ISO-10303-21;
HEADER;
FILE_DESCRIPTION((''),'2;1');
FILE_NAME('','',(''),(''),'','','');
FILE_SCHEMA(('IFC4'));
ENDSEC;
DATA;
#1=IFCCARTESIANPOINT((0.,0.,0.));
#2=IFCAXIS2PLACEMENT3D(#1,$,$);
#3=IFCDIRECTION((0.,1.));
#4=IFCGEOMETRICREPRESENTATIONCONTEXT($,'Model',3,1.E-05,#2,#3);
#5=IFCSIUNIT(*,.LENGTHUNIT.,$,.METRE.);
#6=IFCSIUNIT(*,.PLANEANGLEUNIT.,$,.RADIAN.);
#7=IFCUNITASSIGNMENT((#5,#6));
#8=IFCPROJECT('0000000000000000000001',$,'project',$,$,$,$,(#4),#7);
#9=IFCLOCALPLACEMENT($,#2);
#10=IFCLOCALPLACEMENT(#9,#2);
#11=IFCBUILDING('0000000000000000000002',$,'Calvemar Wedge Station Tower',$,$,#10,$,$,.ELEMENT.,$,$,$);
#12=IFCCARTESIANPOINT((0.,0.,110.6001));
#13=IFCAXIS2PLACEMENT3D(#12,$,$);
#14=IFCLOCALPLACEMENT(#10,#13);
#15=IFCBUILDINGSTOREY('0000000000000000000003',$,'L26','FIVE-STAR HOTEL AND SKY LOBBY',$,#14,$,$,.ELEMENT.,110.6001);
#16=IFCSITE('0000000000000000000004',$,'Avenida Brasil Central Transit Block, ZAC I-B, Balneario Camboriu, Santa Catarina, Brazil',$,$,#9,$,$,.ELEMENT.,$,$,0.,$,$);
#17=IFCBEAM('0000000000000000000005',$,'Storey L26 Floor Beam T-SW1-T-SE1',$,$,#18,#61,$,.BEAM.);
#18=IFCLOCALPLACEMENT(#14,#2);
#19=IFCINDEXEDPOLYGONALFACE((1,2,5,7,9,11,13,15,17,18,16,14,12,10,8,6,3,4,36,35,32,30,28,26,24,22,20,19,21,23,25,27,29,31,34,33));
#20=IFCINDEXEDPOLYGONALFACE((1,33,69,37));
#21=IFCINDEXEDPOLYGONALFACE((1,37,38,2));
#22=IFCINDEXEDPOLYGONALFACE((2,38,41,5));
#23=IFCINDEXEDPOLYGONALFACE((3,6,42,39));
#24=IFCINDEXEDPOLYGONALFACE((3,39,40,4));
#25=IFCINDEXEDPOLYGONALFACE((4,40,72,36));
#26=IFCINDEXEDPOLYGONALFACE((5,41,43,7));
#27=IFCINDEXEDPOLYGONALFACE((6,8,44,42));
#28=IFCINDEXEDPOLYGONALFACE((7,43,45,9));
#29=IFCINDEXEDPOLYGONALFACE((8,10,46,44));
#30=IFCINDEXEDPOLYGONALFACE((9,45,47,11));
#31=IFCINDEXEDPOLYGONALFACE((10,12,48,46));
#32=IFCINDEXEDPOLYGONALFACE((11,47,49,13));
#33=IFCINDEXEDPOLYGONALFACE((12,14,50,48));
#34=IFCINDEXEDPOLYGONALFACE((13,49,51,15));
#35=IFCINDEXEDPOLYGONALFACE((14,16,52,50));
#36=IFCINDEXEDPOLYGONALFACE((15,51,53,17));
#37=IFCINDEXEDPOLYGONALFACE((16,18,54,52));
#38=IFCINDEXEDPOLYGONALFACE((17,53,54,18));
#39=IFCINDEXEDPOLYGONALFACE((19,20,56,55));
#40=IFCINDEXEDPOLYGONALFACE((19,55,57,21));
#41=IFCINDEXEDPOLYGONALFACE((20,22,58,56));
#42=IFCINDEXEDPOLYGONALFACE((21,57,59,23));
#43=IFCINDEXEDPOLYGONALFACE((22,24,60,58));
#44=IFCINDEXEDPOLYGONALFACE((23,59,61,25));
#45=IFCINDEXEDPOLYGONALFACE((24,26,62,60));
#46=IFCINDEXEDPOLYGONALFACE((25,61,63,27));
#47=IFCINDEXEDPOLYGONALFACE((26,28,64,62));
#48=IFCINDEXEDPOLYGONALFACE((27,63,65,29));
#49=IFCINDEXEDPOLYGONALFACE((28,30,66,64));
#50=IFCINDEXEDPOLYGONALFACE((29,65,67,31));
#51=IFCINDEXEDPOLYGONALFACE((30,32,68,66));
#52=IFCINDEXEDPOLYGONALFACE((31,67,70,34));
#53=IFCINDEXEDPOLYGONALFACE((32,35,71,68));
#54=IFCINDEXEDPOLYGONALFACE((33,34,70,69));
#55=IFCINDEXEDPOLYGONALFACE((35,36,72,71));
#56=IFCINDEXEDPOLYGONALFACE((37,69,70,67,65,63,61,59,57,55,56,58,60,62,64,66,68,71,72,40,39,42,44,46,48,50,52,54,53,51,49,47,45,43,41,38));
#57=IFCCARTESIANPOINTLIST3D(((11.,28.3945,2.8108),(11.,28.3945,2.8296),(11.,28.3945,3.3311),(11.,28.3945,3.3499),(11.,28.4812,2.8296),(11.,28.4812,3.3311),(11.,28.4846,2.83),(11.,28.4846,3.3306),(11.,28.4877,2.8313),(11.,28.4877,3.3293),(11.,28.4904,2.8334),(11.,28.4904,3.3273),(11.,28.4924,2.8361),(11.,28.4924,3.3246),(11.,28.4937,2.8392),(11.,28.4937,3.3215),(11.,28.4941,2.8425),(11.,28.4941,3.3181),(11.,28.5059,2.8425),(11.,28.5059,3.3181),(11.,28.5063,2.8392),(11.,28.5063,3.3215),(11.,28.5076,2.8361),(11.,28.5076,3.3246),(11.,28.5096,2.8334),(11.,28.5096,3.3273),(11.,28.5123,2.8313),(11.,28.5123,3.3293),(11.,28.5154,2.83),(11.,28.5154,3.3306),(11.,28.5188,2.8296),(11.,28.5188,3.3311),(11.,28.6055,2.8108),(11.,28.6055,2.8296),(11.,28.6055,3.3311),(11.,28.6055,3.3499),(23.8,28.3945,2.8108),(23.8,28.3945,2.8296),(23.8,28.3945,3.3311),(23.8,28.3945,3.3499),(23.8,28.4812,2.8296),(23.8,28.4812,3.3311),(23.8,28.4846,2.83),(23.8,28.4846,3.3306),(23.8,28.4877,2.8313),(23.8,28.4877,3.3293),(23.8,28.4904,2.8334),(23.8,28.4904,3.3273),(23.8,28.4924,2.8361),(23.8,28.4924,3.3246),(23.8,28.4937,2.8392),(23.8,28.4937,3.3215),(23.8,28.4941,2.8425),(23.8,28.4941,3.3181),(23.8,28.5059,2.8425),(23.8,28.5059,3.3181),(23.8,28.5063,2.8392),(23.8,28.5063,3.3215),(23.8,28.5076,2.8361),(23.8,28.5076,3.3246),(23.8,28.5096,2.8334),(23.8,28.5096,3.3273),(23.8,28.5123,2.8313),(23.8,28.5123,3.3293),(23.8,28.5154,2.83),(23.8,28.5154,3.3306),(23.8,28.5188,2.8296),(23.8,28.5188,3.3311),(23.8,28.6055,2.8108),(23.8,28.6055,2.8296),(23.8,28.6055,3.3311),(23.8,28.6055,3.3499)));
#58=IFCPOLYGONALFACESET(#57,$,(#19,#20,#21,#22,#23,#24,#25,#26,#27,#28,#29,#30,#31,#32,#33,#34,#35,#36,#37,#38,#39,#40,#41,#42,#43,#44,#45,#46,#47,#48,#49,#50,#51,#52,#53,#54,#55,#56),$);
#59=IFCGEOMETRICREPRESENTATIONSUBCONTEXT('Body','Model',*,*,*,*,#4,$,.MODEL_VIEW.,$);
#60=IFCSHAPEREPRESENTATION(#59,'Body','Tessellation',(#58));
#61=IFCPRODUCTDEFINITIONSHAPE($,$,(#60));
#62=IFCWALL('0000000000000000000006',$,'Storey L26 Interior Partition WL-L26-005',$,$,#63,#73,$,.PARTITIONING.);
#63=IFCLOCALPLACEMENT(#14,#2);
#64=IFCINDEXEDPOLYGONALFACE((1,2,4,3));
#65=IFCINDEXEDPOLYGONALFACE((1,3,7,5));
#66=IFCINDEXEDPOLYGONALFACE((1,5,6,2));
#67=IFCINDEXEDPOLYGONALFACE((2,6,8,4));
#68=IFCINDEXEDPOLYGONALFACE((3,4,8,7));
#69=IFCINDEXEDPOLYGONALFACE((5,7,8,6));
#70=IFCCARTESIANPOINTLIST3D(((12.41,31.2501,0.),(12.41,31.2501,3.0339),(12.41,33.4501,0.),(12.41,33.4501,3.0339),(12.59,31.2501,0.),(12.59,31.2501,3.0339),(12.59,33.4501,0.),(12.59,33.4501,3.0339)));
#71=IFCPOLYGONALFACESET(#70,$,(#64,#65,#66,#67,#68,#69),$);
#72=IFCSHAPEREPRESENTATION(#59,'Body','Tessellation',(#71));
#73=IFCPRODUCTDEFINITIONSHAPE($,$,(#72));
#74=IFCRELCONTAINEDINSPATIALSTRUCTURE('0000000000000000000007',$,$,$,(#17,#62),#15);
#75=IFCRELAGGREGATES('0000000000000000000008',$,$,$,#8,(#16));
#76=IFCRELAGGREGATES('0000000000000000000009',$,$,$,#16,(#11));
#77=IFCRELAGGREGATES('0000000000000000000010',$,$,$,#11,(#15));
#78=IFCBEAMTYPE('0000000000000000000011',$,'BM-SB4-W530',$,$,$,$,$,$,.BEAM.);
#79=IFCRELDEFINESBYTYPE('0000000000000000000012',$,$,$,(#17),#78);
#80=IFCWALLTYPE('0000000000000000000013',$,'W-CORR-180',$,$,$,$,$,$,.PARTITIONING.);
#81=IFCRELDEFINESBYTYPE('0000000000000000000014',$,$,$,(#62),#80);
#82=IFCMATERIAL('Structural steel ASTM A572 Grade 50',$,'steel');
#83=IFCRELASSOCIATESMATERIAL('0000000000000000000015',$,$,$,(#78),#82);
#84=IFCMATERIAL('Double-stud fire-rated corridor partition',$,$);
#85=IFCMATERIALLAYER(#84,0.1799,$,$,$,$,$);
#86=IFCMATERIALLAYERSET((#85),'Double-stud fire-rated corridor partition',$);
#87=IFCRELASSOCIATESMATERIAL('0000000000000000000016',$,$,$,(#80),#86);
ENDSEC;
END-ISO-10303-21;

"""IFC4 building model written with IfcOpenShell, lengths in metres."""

from ifc_helpers import new_model, si_unit, direction, frame, frame_2d, origin, origin_2d, place, context, subcontext, project, spatial, rectangle, i_section, extrude, source, transform, mapped, material, layer, layer_set, material_profile, profile_set, type_object, element, save


model = new_model("IFC4")

# Units and contexts
model_context = context("Model", 3, precision=1e-05, world=origin(), true_north=direction((0.0, 1.0)))
body_context = subcontext(model_context, "Body", "Model", "MODEL_VIEW")
ifc_project = project(units=[si_unit("LENGTHUNIT", "METRE"), si_unit("PLANEANGLEUNIT", "RADIAN")], contexts=[model_context])

# Site, building, storey
site_placement = place(None, origin())
site = spatial("IfcSite", under=ifc_project, at=site_placement, Name="Avenida Brasil Central Transit Block, ZAC I-B, Balneario Camboriu, Santa Catarina, Brazil", CompositionType="ELEMENT", RefElevation=0.0)
building_placement = place(site_placement, origin())
building = spatial("IfcBuilding", under=site, at=building_placement, Name="Calvemar Wedge Station Tower", CompositionType="ELEMENT")
storey_placement = place(building_placement, frame((0.0, 0.0, 110.6001)))
storey = spatial("IfcBuildingStorey", under=building, at=storey_placement, Name="L26", Description="FIVE-STAR HOTEL AND SKY LOBBY", CompositionType="ELEMENT", Elevation=110.6001)

# Beam
ifc_material_1 = material(Name="Structural steel ASTM A572 Grade 50", Category="steel")
ifc_material_profile_1 = material_profile(ifc_material_1, i_section(OverallWidth=0.2109, OverallDepth=0.5391, WebThickness=0.0117, FlangeThickness=0.0188, FilletRadius=0.0129, at=origin_2d()), Name="W530x109")
ifc_profile_set_1 = profile_set([ifc_material_profile_1], Name="Structural steel ASTM A572 Grade 50")
beam_type_1 = type_object("IfcBeamType", Name="BM-SB4-W530", PredefinedType="BEAM", material=ifc_profile_set_1)
shared_shape_1 = source(origin(), body_context, "Body", "SweptSolid", [
    extrude(i_section(OverallWidth=0.2109, OverallDepth=0.5391, WebThickness=0.0117, FlangeThickness=0.0188, FilletRadius=0.0129, at=origin_2d()), origin(), (0.0, 0.0, 1.0), 12.8),
])
beam_1_placement = place(storey_placement, frame((11.0, 28.5, 3.0803), z_axis=(1.0, 0.0, 0.0), x_axis=(0.0, 1.0, 0.0)))
element("IfcBeam", 1, at=beam_1_placement, inside=storey, type_object=beam_type_1, Name="Storey L26 Floor Beam T-SW1-T-SE1", PredefinedType="BEAM", context=body_context, shape_type="MappedRepresentation", body=[
    mapped(shared_shape_1, transform((0.0, 0.0, 0.0), scale=1.0)),
])

# Wall
ifc_material_2 = material(Name="Double-stud fire-rated corridor partition")
ifc_layer_1 = layer(ifc_material_2, 0.1799)
ifc_layer_set_1 = layer_set([ifc_layer_1], Name="Double-stud fire-rated corridor partition")
wall_type_1 = type_object("IfcWallType", Name="W-CORR-180", PredefinedType="PARTITIONING", material=ifc_layer_set_1)
wall_1_placement = place(storey_placement, frame((12.5, 31.25, 0.0), z_axis=(0.0, 0.0, 1.0), x_axis=(0.0, 1.0, 0.0)))
element("IfcWall", 2, at=wall_1_placement, inside=storey, type_object=wall_type_1, Name="Storey L26 Interior Partition WL-L26-005", PredefinedType="PARTITIONING", context=body_context, shape_type="SweptSolid", body=[
    extrude(rectangle(XDim=2.2, YDim=0.1799, at=frame_2d((1.1001, 0.0))), origin(), (0.0, 0.0, 1.0), 3.0339),
])

save(model, "model.ifc")
